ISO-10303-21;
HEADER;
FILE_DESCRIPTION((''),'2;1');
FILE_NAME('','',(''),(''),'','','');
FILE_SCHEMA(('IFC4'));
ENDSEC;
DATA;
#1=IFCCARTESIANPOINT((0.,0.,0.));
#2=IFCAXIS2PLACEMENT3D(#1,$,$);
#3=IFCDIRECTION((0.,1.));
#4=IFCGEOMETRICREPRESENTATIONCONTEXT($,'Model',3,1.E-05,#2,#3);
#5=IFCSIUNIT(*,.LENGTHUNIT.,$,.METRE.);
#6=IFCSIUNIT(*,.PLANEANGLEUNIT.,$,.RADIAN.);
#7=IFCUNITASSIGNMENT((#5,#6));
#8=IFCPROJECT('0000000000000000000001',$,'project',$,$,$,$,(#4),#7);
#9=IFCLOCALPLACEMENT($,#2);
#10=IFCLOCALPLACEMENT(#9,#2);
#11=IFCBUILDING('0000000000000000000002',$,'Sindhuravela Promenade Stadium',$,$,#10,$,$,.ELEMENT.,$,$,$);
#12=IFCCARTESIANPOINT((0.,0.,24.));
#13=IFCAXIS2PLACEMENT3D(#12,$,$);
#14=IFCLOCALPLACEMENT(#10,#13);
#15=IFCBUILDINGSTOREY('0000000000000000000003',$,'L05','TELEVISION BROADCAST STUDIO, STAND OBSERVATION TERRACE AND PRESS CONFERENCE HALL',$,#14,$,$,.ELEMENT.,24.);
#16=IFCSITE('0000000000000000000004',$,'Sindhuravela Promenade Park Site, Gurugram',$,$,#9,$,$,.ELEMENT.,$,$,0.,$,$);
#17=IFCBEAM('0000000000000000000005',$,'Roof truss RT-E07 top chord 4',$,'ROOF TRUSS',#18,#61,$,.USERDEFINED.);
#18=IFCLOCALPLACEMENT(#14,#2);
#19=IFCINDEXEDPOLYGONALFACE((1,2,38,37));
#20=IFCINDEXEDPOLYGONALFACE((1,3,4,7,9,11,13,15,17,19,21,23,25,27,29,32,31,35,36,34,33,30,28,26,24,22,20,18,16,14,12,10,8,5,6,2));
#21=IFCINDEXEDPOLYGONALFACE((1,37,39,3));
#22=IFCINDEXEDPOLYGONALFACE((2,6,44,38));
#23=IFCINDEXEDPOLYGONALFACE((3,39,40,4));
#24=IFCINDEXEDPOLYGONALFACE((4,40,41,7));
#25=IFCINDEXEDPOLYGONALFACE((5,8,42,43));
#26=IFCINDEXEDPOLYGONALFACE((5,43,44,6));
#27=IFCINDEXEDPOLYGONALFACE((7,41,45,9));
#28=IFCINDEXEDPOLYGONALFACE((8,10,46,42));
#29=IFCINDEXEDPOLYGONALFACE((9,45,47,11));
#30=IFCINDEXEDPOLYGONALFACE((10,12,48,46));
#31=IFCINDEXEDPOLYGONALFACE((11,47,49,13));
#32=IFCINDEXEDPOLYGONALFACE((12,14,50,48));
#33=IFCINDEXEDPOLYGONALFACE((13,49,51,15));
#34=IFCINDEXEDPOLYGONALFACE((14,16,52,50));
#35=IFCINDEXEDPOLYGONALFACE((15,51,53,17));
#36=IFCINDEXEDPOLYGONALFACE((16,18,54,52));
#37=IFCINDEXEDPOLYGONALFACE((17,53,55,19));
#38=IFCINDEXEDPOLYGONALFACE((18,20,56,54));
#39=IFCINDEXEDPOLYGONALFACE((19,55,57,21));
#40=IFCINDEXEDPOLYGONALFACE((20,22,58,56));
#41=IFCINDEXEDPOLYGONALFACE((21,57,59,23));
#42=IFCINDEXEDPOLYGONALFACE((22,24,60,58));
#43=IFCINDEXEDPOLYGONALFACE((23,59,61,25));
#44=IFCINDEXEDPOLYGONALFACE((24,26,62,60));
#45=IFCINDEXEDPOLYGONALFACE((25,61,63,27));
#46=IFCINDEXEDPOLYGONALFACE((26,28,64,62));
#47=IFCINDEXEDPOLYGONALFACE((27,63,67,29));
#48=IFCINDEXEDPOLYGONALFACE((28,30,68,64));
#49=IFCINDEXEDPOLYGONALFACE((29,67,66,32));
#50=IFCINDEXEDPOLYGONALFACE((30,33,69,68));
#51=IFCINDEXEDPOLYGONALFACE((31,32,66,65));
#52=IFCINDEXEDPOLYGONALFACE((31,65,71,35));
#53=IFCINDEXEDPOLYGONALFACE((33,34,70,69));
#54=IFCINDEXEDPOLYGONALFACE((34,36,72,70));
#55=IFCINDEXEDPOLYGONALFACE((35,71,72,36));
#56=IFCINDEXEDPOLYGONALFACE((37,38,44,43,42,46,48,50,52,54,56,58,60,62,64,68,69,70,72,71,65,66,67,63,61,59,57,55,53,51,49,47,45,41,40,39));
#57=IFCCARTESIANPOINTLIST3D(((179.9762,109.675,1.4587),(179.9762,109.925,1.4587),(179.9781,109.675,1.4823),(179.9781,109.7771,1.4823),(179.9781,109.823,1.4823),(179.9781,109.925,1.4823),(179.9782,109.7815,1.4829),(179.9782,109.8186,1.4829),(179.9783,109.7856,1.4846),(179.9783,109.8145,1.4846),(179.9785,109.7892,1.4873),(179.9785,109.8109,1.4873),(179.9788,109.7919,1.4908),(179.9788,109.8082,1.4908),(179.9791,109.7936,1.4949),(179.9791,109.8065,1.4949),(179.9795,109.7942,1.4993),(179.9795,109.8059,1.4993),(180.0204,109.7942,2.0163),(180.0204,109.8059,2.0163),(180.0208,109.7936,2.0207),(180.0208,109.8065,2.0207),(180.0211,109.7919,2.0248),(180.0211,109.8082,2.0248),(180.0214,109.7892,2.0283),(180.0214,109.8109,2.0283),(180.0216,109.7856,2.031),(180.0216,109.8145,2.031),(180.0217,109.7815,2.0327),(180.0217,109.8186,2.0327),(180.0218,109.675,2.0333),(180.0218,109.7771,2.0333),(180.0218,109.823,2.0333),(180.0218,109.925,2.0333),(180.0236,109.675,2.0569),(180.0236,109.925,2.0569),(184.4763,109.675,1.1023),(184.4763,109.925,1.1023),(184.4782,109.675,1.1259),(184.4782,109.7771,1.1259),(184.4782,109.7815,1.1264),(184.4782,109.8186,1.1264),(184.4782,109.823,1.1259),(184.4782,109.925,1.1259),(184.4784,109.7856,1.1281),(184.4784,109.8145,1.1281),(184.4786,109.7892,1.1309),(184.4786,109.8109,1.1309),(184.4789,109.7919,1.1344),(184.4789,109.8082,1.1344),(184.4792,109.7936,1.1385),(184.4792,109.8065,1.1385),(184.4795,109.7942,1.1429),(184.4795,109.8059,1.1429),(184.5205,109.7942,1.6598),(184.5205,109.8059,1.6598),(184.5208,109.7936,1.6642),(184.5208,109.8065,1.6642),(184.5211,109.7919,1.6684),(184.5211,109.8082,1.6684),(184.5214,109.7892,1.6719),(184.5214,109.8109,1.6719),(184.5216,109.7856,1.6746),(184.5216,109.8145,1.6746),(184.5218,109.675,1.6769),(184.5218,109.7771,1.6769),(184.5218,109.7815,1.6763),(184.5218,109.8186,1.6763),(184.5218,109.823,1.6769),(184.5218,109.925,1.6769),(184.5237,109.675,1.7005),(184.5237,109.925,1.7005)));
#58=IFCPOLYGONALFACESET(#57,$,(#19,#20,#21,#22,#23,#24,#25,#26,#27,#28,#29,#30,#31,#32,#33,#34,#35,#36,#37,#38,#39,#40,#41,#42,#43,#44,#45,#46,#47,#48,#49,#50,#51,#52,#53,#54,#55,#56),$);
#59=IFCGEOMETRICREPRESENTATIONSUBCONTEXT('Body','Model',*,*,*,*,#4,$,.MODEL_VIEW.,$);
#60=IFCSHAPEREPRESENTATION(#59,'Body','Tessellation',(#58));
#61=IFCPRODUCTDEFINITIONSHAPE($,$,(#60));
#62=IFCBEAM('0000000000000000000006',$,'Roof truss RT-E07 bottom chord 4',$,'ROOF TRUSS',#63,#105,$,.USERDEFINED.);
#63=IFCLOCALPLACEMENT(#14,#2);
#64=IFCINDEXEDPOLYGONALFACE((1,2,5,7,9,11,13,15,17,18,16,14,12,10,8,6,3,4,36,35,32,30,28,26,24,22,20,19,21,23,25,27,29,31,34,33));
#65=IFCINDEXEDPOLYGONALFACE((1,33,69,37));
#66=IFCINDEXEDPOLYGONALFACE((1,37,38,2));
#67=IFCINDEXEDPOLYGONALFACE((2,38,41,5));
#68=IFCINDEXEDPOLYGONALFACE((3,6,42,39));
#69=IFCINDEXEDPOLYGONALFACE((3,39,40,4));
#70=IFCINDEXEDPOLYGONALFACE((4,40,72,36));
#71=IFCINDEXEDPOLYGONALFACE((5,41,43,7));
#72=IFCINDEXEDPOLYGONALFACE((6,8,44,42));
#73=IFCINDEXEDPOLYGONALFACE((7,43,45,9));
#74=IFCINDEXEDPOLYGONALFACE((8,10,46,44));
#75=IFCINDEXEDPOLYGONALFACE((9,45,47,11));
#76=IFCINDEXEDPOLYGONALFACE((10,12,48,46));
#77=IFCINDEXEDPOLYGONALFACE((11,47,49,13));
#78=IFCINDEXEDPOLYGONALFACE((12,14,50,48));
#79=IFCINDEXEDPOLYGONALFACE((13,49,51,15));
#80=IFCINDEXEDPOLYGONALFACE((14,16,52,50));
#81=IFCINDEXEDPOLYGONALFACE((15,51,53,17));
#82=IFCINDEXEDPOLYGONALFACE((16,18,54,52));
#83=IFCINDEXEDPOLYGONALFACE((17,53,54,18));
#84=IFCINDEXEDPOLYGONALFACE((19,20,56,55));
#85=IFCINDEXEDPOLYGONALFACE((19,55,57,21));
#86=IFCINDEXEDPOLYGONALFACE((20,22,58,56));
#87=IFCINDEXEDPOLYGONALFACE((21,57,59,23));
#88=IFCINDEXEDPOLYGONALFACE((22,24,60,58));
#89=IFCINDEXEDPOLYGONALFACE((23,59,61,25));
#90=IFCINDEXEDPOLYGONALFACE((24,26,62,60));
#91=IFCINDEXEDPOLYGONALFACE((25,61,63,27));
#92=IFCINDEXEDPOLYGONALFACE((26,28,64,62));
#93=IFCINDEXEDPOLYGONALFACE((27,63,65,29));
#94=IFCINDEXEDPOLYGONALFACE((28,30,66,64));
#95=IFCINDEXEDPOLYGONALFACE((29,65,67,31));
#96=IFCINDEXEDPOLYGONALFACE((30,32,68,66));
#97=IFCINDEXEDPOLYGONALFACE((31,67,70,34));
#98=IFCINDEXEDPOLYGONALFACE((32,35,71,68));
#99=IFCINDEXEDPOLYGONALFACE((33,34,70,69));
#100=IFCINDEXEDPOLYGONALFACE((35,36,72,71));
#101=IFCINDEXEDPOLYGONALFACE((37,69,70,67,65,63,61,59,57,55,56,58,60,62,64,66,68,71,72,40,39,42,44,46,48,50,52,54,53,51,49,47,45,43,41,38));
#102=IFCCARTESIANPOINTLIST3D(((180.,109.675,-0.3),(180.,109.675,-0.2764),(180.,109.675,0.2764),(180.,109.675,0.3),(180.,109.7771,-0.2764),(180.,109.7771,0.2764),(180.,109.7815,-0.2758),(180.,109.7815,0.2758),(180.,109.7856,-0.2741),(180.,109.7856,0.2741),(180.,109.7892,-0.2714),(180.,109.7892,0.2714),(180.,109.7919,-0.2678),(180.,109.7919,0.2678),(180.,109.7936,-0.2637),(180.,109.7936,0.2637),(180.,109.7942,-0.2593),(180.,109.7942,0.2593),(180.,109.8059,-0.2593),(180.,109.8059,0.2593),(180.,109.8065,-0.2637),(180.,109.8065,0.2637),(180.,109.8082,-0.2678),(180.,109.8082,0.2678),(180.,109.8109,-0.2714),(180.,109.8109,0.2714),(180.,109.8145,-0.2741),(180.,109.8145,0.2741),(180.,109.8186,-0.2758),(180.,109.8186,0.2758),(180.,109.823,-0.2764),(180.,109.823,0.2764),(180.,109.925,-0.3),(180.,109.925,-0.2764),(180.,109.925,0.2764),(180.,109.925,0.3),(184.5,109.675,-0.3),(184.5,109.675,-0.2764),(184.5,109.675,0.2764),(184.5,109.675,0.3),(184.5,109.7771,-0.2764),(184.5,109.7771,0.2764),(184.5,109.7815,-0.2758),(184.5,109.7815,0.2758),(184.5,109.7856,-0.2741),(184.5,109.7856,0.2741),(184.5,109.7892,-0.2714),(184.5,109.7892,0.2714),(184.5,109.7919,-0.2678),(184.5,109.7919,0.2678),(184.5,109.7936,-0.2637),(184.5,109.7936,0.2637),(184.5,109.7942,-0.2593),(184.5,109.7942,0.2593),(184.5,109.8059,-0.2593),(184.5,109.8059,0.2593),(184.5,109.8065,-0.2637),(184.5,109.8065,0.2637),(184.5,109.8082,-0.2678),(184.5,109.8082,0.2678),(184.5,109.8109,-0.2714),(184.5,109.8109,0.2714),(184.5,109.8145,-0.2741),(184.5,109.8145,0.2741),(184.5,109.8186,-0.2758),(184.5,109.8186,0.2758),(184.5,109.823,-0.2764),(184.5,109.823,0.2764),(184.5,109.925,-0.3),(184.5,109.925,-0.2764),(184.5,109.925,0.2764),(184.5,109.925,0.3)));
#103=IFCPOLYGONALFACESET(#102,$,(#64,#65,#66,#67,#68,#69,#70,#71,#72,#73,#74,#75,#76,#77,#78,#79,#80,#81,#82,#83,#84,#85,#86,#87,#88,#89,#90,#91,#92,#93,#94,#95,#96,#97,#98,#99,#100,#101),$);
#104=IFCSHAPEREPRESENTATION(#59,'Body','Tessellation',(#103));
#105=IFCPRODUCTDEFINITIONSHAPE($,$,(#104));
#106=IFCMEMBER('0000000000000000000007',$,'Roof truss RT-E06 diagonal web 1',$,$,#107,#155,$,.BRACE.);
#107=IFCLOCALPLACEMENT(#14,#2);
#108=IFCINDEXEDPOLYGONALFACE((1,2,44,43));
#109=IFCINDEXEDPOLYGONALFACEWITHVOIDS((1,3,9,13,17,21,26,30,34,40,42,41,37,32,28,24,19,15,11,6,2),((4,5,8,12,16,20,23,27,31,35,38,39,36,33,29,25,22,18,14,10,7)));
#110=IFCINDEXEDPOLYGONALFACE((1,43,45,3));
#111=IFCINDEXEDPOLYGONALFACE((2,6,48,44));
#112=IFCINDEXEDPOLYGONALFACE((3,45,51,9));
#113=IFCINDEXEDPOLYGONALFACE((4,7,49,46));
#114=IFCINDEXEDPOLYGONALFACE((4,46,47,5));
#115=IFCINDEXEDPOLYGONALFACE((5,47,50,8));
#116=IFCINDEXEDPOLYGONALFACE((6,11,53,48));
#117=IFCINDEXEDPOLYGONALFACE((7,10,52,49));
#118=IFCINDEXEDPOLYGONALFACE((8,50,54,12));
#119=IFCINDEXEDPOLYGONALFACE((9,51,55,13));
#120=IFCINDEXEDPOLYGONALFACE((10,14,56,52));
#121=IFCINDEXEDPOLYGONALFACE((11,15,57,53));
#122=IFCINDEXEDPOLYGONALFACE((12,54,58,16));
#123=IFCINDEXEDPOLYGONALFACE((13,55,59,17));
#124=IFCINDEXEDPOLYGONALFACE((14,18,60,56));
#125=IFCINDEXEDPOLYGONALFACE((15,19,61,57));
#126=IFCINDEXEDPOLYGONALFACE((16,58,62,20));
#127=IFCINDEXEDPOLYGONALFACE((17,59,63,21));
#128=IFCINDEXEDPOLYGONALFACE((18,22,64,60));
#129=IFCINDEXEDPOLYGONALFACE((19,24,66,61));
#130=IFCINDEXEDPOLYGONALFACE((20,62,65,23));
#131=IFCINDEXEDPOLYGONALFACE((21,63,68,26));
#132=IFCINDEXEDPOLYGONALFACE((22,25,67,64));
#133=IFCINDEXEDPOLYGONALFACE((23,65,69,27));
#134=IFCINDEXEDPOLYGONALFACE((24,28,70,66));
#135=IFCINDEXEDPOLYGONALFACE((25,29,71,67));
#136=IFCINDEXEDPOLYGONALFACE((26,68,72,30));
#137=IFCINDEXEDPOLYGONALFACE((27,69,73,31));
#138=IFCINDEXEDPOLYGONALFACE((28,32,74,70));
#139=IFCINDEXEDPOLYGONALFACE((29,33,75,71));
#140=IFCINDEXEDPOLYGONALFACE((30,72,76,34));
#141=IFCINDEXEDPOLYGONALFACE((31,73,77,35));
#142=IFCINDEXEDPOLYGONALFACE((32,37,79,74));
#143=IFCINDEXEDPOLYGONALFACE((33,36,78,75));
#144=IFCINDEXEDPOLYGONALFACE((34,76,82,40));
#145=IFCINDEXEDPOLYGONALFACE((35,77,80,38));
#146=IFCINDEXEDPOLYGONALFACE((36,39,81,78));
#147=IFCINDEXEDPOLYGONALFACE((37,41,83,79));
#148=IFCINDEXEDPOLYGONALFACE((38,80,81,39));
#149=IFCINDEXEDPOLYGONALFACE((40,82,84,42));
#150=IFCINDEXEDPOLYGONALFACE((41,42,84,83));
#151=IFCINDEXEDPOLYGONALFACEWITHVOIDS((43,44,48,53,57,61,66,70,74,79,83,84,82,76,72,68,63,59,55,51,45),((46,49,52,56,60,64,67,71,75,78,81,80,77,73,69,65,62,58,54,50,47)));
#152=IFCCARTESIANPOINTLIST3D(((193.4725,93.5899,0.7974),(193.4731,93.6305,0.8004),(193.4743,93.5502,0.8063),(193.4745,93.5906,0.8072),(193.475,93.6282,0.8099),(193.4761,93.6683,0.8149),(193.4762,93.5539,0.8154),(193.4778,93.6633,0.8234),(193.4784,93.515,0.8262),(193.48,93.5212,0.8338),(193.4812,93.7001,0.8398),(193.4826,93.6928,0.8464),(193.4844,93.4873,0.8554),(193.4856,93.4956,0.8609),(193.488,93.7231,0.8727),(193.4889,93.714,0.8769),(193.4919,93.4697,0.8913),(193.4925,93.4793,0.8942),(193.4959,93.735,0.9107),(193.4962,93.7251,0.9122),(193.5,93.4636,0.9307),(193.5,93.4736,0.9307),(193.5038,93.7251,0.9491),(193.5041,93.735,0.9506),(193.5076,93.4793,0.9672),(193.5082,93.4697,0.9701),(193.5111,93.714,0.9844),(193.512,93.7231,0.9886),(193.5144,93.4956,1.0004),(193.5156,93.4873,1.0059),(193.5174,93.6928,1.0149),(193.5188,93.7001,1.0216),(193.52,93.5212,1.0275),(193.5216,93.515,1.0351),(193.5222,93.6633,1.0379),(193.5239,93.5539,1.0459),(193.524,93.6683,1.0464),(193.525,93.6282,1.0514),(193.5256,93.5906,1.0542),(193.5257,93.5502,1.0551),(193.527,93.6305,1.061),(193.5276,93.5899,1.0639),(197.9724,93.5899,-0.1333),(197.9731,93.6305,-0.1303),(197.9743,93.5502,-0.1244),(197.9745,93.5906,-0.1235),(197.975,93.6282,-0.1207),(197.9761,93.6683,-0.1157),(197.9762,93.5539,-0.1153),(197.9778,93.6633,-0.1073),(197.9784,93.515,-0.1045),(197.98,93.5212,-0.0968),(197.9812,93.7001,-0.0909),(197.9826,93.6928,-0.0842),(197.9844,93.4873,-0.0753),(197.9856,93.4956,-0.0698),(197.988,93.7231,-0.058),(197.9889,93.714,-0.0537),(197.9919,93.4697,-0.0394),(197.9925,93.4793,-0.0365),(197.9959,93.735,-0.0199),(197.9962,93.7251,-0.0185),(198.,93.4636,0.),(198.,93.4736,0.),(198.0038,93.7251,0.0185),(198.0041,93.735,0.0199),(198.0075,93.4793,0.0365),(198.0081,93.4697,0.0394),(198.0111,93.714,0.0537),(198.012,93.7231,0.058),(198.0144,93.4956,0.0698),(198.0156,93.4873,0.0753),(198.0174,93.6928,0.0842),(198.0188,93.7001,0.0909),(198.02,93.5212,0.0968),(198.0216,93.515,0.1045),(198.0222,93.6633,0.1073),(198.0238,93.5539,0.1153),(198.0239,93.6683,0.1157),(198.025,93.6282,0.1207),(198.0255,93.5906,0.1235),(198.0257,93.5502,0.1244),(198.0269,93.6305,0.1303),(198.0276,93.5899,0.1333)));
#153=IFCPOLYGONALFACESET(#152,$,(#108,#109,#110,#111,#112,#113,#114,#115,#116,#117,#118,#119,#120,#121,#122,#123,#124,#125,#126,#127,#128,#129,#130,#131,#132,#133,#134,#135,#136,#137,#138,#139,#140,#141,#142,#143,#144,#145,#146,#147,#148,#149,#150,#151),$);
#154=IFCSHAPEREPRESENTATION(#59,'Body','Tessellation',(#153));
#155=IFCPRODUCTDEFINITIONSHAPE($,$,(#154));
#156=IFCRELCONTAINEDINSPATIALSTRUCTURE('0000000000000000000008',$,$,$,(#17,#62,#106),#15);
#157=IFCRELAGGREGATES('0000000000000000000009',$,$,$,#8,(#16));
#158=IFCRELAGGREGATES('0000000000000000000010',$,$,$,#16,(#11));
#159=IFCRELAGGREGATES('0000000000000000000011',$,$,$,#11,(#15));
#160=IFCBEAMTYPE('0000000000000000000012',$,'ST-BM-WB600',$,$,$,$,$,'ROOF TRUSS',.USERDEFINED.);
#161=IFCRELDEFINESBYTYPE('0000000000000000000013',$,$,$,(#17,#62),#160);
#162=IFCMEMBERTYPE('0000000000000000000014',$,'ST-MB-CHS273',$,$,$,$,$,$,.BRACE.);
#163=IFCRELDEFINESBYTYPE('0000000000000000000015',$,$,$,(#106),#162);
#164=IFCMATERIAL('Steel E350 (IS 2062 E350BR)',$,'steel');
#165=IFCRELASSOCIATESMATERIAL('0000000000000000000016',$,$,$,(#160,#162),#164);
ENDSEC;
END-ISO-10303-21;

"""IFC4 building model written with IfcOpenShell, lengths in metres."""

from ifc_helpers import new_model, si_unit, direction, frame, origin, origin_2d, place, context, subcontext, project, spatial, hollow_circle, i_section, extrude, material, material_profile, profile_set, type_object, element, save


model = new_model("IFC4")

# Units and contexts
model_context = context("Model", 3, precision=1e-05, world=origin(), true_north=direction((0.0, 1.0)))
body_context = subcontext(model_context, "Body", "Model", "MODEL_VIEW")
ifc_project = project(units=[si_unit("LENGTHUNIT", "METRE"), si_unit("PLANEANGLEUNIT", "RADIAN")], contexts=[model_context])

# Site, building, storey
site_placement = place(None, origin())
site = spatial("IfcSite", under=ifc_project, at=site_placement, Name="Sindhuravela Promenade Park Site, Gurugram", CompositionType="ELEMENT", RefElevation=0.0)
building_placement = place(site_placement, origin())
building = spatial("IfcBuilding", under=site, at=building_placement, Name="Sindhuravela Promenade Stadium", CompositionType="ELEMENT")
storey_placement = place(building_placement, frame((0.0, 0.0, 24.0)))
storey = spatial("IfcBuildingStorey", under=building, at=storey_placement, Name="L05", Description="TELEVISION BROADCAST STUDIO, STAND OBSERVATION TERRACE AND PRESS CONFERENCE HALL", CompositionType="ELEMENT", Elevation=24.0)

# Beams
ifc_material_1 = material(Name="Steel E350 (IS 2062 E350BR)", Category="steel")
ifc_material_profile_1 = material_profile(ifc_material_1, i_section(OverallWidth=0.25, OverallDepth=0.6001, WebThickness=0.0117, FlangeThickness=0.0237, FilletRadius=0.0171, at=origin_2d()), Name="ISWB 600")
ifc_profile_set_1 = profile_set([ifc_material_profile_1], Name="Steel E350 (IS 2062 E350BR)")
beam_type_1 = type_object("IfcBeamType", Name="ST-BM-WB600", ElementType="ROOF TRUSS", PredefinedType="USERDEFINED", material=ifc_profile_set_1)
beam_1_placement = place(storey_placement, frame((184.5, 109.8, 1.4014), z_axis=(-0.996878, 0.0, 0.078963), x_axis=(0.0, -1.0, 0.0)))
element("IfcBeam", 1, at=beam_1_placement, inside=storey, type_object=beam_type_1, Name="Roof truss RT-E07 top chord 4", ObjectType="ROOF TRUSS", PredefinedType="USERDEFINED", context=body_context, shape_type="SweptSolid", body=[
    extrude(i_section(OverallWidth=0.25, OverallDepth=0.6001, WebThickness=0.0117, FlangeThickness=0.0237, FilletRadius=0.0171, at=origin_2d()), origin(), (0.0, 0.0, 1.0), 4.5142),
])
beam_2_placement = place(storey_placement, frame((184.5, 109.8, 0.0), z_axis=(-1.0, 0.0, 0.0), x_axis=(0.0, -1.0, 0.0)))
element("IfcBeam", 2, at=beam_2_placement, inside=storey, type_object=beam_type_1, Name="Roof truss RT-E07 bottom chord 4", ObjectType="ROOF TRUSS", PredefinedType="USERDEFINED", context=body_context, shape_type="SweptSolid", body=[
    extrude(i_section(OverallWidth=0.25, OverallDepth=0.6001, WebThickness=0.0117, FlangeThickness=0.0237, FilletRadius=0.0171, at=origin_2d()), origin(), (0.0, 0.0, 1.0), 4.5),
])

# Member
ifc_material_profile_2 = material_profile(ifc_material_1, hollow_circle(Radius=0.1365, WallThickness=0.01, at=origin_2d()), Name="CHS 273.0x10")
ifc_profile_set_2 = profile_set([ifc_material_profile_2], Name="Steel E350 (IS 2062 E350BR)")
member_type_1 = type_object("IfcMemberType", Name="ST-MB-CHS273", PredefinedType="BRACE", material=ifc_profile_set_2)
for number, where, z_axis, x_axis, name in (
    (3, (198.0, 93.6001, 0.0), (-0.979276, 0.0, 0.202528), (0.0, -1.0, 0.0), "Roof truss RT-E06 diagonal web 1"),
):
    element("IfcMember", number, at=place(storey_placement, frame(where, z_axis=z_axis, x_axis=x_axis)), inside=storey, type_object=member_type_1, Name=name, PredefinedType="BRACE", context=body_context, shape_type="SweptSolid", body=[
        extrude(hollow_circle(Radius=0.1365, WallThickness=0.01, at=origin_2d()), origin(), (0.0, 0.0, 1.0), 4.5952),
    ])

save(model, "model.ifc")
